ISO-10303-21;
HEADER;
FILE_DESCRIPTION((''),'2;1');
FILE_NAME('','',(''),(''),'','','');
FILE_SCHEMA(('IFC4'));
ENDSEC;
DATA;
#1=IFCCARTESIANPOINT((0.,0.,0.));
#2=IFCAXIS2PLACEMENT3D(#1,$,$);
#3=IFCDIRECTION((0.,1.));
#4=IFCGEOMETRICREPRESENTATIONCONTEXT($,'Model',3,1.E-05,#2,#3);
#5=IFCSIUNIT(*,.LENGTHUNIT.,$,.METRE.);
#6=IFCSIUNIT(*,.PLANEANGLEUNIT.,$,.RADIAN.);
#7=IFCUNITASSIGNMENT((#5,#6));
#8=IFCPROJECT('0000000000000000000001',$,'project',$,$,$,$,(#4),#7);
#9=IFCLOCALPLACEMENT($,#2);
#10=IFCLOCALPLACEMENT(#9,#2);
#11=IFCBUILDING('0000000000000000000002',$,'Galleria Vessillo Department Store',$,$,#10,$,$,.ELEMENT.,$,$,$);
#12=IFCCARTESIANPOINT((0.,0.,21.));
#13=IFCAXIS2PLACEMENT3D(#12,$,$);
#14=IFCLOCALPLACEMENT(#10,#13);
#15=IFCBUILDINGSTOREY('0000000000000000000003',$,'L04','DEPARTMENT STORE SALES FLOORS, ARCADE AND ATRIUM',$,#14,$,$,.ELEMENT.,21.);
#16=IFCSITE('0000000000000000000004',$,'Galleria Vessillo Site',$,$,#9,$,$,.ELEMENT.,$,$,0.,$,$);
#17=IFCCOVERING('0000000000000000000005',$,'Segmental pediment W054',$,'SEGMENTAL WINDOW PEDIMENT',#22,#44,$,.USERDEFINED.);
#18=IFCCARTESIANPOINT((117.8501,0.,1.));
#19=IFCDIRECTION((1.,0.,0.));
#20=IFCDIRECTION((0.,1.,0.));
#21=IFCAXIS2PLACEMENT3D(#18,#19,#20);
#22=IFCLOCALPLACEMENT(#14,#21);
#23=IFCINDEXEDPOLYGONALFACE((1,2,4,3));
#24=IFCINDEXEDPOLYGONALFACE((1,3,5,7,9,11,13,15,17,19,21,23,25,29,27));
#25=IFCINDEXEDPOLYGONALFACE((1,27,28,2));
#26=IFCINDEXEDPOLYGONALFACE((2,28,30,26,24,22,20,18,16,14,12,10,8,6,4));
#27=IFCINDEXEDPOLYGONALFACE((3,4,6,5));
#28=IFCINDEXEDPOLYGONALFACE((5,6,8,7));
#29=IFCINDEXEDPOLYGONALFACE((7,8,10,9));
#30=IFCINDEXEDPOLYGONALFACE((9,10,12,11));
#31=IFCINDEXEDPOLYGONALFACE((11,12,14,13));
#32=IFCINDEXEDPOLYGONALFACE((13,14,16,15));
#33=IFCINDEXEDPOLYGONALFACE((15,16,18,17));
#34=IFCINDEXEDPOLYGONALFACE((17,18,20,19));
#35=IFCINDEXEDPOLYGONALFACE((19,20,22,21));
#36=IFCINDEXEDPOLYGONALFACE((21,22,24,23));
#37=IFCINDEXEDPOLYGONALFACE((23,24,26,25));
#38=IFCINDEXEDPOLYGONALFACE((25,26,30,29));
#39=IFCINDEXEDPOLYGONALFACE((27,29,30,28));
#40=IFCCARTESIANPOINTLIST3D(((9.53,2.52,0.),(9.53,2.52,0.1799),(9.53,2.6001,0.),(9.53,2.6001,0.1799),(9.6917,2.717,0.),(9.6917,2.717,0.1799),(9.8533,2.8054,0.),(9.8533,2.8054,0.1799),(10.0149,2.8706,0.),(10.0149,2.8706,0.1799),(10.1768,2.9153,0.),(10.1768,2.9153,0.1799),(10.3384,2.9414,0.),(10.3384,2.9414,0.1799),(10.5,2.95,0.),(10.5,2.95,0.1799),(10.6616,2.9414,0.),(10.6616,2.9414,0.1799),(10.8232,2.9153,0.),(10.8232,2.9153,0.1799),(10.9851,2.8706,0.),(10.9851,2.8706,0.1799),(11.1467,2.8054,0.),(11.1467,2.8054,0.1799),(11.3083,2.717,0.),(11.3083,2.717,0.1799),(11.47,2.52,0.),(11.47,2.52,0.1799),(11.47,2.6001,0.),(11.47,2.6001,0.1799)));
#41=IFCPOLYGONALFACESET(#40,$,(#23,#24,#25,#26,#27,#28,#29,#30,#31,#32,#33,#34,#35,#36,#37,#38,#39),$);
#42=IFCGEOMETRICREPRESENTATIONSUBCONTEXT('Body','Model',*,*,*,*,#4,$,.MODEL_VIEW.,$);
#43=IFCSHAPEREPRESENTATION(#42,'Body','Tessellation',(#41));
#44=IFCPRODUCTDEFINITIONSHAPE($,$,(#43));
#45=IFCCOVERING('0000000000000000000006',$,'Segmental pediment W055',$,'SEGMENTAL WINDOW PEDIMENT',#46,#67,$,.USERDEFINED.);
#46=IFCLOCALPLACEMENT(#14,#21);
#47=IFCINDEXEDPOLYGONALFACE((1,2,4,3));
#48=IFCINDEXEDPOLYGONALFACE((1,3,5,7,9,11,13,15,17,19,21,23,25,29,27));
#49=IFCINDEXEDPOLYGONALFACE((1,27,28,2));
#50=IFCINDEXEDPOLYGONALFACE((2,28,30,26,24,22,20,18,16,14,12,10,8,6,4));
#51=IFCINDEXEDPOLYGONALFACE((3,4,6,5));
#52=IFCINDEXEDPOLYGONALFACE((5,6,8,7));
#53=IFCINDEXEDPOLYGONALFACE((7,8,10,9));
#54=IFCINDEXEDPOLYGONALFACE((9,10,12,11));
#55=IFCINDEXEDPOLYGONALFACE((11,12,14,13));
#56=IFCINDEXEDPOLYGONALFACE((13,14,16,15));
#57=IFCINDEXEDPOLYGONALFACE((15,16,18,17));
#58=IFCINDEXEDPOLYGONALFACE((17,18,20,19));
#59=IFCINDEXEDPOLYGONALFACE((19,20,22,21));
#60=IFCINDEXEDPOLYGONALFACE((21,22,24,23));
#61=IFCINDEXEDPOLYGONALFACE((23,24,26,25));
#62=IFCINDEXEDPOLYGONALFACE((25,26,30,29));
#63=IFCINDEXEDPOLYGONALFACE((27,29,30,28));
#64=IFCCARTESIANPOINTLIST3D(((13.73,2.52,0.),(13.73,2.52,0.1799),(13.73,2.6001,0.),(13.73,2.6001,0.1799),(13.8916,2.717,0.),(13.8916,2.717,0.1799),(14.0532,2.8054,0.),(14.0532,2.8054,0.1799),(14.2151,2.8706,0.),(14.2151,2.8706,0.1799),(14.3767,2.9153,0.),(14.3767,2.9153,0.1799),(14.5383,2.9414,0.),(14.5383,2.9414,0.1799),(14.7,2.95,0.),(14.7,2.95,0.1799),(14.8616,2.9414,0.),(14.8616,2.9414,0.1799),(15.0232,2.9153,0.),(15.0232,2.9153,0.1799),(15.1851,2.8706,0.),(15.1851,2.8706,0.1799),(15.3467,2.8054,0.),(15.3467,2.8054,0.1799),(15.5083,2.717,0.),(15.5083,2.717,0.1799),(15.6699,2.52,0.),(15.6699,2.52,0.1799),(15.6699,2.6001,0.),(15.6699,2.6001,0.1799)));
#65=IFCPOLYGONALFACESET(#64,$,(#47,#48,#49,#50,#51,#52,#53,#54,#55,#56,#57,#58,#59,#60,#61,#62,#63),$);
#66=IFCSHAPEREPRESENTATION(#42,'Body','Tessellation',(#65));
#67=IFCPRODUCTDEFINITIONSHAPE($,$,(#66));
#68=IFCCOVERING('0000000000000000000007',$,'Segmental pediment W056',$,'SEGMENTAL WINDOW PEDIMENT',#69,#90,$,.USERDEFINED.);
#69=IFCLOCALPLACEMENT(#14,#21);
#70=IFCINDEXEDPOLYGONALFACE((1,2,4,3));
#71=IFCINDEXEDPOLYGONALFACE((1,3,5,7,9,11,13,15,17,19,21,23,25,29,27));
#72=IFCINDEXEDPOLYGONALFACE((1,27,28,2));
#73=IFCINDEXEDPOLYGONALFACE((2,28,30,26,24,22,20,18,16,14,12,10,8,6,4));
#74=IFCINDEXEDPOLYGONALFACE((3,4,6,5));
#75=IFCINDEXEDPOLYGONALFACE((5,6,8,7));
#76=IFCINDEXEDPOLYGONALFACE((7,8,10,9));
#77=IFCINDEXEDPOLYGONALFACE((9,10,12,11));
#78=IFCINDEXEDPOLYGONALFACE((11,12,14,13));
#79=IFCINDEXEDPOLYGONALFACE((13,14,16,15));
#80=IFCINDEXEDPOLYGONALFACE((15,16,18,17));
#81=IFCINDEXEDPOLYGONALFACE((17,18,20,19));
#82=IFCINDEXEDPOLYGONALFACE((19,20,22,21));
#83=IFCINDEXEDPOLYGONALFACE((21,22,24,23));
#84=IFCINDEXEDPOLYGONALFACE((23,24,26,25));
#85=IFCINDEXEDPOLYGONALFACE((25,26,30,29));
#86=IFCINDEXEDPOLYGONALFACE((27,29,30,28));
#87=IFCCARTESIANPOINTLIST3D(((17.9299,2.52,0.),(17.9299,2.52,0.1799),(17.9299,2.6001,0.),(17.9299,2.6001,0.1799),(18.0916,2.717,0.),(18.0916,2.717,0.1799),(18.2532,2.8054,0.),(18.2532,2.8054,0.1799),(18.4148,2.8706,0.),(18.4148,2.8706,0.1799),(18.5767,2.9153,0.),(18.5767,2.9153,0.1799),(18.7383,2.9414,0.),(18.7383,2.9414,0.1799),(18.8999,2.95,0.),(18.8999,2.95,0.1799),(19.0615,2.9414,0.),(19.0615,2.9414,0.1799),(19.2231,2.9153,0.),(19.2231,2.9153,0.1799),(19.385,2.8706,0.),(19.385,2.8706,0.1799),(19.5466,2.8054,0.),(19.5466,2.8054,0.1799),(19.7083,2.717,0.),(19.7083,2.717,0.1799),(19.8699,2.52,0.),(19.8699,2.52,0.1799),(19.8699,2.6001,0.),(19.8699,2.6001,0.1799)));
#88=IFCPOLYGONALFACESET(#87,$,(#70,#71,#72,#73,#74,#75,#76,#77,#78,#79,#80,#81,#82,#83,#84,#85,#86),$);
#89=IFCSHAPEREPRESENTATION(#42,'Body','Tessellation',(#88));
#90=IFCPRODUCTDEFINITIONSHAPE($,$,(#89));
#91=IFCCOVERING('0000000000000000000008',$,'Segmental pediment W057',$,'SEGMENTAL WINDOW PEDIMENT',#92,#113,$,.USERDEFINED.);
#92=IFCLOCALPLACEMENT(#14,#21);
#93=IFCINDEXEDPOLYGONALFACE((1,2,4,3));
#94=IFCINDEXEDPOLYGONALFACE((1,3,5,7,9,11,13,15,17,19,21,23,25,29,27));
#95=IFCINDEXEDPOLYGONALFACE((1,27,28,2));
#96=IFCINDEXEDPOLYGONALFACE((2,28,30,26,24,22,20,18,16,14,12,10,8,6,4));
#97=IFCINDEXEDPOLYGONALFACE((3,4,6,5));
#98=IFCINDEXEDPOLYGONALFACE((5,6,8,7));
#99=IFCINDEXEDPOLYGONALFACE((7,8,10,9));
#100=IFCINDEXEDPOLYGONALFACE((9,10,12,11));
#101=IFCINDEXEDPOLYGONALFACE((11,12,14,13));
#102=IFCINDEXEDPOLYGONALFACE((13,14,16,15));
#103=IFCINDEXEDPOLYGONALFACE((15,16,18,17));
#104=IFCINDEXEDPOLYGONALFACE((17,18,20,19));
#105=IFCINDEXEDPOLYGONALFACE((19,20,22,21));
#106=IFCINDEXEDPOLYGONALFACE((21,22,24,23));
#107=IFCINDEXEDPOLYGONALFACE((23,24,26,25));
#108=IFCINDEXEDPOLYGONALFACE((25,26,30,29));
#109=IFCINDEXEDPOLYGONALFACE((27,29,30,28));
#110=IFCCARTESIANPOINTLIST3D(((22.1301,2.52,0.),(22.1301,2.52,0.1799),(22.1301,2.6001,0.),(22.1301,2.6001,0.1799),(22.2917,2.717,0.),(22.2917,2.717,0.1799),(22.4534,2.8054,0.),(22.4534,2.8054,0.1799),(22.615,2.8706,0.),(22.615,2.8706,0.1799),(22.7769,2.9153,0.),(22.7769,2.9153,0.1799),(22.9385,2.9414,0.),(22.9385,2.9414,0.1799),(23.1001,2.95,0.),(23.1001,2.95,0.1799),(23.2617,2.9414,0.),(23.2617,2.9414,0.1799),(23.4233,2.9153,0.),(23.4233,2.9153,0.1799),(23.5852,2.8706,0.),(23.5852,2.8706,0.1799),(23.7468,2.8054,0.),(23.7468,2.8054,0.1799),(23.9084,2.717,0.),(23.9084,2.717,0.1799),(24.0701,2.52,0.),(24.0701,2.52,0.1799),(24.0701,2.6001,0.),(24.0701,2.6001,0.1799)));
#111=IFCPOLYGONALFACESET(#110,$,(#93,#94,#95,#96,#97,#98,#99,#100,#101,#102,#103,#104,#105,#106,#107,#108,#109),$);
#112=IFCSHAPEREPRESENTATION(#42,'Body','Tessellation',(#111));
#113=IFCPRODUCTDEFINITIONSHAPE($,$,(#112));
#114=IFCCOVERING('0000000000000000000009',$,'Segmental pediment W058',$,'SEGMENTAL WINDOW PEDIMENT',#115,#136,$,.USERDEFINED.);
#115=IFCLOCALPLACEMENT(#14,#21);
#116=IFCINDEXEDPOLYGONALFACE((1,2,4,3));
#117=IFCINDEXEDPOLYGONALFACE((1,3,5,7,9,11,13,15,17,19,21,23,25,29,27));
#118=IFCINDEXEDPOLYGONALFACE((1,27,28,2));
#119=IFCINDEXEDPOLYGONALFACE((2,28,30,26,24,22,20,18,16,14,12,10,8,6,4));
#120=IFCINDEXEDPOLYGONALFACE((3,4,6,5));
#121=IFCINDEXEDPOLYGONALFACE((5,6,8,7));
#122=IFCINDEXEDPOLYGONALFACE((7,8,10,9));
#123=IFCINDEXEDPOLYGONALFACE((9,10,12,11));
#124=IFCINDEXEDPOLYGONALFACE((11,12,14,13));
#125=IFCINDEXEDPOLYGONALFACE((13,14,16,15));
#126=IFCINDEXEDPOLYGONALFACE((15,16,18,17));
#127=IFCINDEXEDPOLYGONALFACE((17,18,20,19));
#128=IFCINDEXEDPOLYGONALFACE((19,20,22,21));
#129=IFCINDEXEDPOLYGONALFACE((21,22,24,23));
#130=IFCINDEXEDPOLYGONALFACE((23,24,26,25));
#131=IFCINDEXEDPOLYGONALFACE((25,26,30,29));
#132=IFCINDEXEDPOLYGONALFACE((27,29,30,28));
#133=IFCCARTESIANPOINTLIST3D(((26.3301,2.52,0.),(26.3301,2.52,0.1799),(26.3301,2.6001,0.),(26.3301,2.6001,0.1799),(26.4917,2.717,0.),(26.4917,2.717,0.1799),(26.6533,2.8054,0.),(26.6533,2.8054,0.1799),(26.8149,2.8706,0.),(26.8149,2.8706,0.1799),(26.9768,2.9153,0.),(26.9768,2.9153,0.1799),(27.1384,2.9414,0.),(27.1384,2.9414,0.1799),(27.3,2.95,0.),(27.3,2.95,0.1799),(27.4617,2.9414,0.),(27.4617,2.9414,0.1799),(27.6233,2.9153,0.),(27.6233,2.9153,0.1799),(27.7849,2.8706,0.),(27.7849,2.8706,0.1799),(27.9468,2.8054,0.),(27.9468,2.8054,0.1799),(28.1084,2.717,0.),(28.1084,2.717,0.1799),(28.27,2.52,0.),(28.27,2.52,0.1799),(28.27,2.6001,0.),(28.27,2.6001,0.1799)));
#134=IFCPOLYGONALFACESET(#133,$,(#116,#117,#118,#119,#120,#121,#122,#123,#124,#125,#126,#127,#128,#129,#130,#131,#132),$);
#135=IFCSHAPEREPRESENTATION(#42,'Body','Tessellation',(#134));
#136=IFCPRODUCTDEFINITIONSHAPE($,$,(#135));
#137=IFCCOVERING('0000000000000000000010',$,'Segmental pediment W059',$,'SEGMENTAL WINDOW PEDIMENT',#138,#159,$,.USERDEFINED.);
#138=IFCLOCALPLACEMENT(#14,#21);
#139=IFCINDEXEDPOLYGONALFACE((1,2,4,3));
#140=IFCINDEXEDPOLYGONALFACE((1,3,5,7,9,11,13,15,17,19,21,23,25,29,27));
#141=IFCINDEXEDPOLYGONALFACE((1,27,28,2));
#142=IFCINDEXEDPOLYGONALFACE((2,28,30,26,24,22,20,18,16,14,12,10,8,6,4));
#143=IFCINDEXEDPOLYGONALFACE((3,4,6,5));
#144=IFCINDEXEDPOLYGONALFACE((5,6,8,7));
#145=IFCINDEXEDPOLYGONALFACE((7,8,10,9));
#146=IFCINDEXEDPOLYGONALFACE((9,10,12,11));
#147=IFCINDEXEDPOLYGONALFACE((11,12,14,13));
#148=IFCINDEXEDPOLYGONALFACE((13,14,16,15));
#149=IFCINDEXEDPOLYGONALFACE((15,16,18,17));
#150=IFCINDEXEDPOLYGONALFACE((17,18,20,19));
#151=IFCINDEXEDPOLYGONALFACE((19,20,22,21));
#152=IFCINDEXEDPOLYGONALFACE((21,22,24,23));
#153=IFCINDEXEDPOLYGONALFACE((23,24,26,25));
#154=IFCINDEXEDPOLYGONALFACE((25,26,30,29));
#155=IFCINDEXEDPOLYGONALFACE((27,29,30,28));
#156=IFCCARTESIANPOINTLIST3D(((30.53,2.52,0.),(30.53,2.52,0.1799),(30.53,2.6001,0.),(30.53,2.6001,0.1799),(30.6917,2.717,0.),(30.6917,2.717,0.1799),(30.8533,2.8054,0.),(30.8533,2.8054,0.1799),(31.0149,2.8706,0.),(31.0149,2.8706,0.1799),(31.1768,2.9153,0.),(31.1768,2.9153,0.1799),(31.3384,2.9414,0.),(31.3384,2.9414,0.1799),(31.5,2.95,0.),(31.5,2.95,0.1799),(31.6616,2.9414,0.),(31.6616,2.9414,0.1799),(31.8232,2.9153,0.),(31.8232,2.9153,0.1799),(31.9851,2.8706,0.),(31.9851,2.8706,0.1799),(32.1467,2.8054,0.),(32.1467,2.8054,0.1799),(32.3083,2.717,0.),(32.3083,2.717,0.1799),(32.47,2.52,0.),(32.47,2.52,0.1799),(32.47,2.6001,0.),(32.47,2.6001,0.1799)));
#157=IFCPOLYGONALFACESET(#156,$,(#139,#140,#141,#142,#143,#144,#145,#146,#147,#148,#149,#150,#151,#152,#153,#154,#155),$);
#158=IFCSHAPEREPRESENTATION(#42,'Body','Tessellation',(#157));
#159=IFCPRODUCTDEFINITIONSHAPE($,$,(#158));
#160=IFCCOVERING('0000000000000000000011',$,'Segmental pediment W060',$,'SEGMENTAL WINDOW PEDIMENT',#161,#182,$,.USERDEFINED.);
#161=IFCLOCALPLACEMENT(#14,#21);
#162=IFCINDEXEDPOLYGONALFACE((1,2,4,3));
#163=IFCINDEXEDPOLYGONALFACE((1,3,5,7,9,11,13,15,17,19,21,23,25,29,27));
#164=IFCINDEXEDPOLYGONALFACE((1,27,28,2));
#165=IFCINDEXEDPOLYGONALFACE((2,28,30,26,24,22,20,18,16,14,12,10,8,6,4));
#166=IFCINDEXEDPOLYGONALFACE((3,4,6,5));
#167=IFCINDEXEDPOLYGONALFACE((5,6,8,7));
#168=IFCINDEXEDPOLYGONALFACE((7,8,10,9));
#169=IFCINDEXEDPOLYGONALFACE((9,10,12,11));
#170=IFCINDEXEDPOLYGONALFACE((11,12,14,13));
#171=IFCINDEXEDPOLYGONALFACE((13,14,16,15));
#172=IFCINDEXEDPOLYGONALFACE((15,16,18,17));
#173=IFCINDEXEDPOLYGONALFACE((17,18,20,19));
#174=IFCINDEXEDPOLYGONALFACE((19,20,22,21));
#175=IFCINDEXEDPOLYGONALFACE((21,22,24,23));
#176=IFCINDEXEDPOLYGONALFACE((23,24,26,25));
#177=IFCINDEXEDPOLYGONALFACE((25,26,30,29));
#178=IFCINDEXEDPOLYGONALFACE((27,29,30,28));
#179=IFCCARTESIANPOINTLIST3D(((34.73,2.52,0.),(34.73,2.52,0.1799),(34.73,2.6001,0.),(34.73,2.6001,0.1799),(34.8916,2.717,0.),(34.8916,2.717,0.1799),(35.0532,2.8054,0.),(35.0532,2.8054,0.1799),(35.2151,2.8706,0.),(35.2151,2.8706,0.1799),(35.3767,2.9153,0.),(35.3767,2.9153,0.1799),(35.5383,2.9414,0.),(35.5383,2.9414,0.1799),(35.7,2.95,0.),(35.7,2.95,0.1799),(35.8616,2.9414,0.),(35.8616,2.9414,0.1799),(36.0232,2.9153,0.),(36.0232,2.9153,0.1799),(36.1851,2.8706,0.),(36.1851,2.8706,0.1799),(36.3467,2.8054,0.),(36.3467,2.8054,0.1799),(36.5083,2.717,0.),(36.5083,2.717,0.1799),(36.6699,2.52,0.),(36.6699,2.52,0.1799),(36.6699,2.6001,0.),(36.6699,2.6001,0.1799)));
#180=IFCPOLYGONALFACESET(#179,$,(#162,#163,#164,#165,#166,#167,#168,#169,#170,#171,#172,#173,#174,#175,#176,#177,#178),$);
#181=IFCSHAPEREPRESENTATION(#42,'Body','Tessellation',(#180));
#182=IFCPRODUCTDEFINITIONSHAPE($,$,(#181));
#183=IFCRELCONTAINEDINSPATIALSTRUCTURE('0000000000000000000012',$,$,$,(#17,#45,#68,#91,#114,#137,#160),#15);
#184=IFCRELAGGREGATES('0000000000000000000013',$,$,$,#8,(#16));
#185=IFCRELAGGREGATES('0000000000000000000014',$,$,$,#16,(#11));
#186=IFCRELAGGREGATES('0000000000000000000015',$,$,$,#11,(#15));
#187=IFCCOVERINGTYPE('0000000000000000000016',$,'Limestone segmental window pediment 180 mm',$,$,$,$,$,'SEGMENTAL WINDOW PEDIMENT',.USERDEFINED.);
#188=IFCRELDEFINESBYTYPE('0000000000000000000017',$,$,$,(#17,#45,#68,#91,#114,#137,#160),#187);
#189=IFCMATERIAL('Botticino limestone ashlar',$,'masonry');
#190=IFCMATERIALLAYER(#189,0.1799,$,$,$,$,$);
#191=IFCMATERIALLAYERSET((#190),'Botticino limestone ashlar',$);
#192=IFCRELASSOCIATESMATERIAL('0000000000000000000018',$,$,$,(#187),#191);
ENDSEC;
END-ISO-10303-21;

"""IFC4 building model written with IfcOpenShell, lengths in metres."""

from ifc_helpers import new_model, si_unit, direction, frame, origin, place, context, subcontext, project, spatial, polyline, outline, extrude, material, layer, layer_set, type_object, element, save


model = new_model("IFC4")

# Units and contexts
model_context = context("Model", 3, precision=1e-05, world=origin(), true_north=direction((0.0, 1.0)))
body_context = subcontext(model_context, "Body", "Model", "MODEL_VIEW")
ifc_project = project(units=[si_unit("LENGTHUNIT", "METRE"), si_unit("PLANEANGLEUNIT", "RADIAN")], contexts=[model_context])

# Site, building, storey
site_placement = place(None, origin())
site = spatial("IfcSite", under=ifc_project, at=site_placement, Name="Galleria Vessillo Site", CompositionType="ELEMENT", RefElevation=0.0)
building_placement = place(site_placement, origin())
building = spatial("IfcBuilding", under=site, at=building_placement, Name="Galleria Vessillo Department Store", CompositionType="ELEMENT")
storey_placement = place(building_placement, frame((0.0, 0.0, 21.0)))
storey = spatial("IfcBuildingStorey", under=building, at=storey_placement, Name="L04", Description="DEPARTMENT STORE SALES FLOORS, ARCADE AND ATRIUM", CompositionType="ELEMENT", Elevation=21.0)

# Coverings
ifc_material_1 = material(Name="Botticino limestone ashlar", Category="masonry")
ifc_layer_1 = layer(ifc_material_1, 0.1799)
ifc_layer_set_1 = layer_set([ifc_layer_1], Name="Botticino limestone ashlar")
covering_type_1 = type_object("IfcCoveringType", Name="Limestone segmental window pediment 180 mm", ElementType="SEGMENTAL WINDOW PEDIMENT", PredefinedType="USERDEFINED", material=ifc_layer_set_1)
covering_1_placement = place(storey_placement, frame((117.8501, 0.0, 1.0), z_axis=(1.0, 0.0, 0.0), x_axis=(0.0, 1.0, 0.0)))
element("IfcCovering", 1, at=covering_1_placement, inside=storey, type_object=covering_type_1, Name="Segmental pediment W054", ObjectType="SEGMENTAL WINDOW PEDIMENT", PredefinedType="USERDEFINED", context=body_context, shape_type="SweptSolid", body=[
    extrude(outline(polyline([(9.53, 2.52), (11.47, 2.52), (11.47, 2.6001), (11.3083, 2.717), (11.1467, 2.8054), (10.9851, 2.8706), (10.8232, 2.9153), (10.6616, 2.9414), (10.5, 2.95), (10.3384, 2.9414), (10.1768, 2.9153), (10.0149, 2.8706), (9.8533, 2.8054), (9.6917, 2.717), (9.53, 2.6001), (9.53, 2.52)])), origin(), (0.0, 0.0, 1.0), 0.1799),
])
covering_2_placement = place(storey_placement, frame((117.8501, 0.0, 1.0), z_axis=(1.0, 0.0, 0.0), x_axis=(0.0, 1.0, 0.0)))
element("IfcCovering", 2, at=covering_2_placement, inside=storey, type_object=covering_type_1, Name="Segmental pediment W055", ObjectType="SEGMENTAL WINDOW PEDIMENT", PredefinedType="USERDEFINED", context=body_context, shape_type="SweptSolid", body=[
    extrude(outline(polyline([(13.73, 2.52), (15.6699, 2.52), (15.6699, 2.6001), (15.5083, 2.717), (15.3467, 2.8054), (15.1851, 2.8706), (15.0232, 2.9153), (14.8616, 2.9414), (14.7, 2.95), (14.5383, 2.9414), (14.3767, 2.9153), (14.2151, 2.8706), (14.0532, 2.8054), (13.8916, 2.717), (13.73, 2.6001), (13.73, 2.52)])), origin(), (0.0, 0.0, 1.0), 0.1799),
])
covering_3_placement = place(storey_placement, frame((117.8501, 0.0, 1.0), z_axis=(1.0, 0.0, 0.0), x_axis=(0.0, 1.0, 0.0)))
element("IfcCovering", 3, at=covering_3_placement, inside=storey, type_object=covering_type_1, Name="Segmental pediment W056", ObjectType="SEGMENTAL WINDOW PEDIMENT", PredefinedType="USERDEFINED", context=body_context, shape_type="SweptSolid", body=[
    extrude(outline(polyline([(17.9299, 2.52), (19.8699, 2.52), (19.8699, 2.6001), (19.7083, 2.717), (19.5466, 2.8054), (19.385, 2.8706), (19.2231, 2.9153), (19.0615, 2.9414), (18.8999, 2.95), (18.7383, 2.9414), (18.5767, 2.9153), (18.4148, 2.8706), (18.2532, 2.8054), (18.0916, 2.717), (17.9299, 2.6001), (17.9299, 2.52)])), origin(), (0.0, 0.0, 1.0), 0.1799),
])
covering_4_placement = place(storey_placement, frame((117.8501, 0.0, 1.0), z_axis=(1.0, 0.0, 0.0), x_axis=(0.0, 1.0, 0.0)))
element("IfcCovering", 4, at=covering_4_placement, inside=storey, type_object=covering_type_1, Name="Segmental pediment W057", ObjectType="SEGMENTAL WINDOW PEDIMENT", PredefinedType="USERDEFINED", context=body_context, shape_type="SweptSolid", body=[
    extrude(outline(polyline([(22.1301, 2.52), (24.0701, 2.52), (24.0701, 2.6001), (23.9084, 2.717), (23.7468, 2.8054), (23.5852, 2.8706), (23.4233, 2.9153), (23.2617, 2.9414), (23.1001, 2.95), (22.9385, 2.9414), (22.7769, 2.9153), (22.615, 2.8706), (22.4534, 2.8054), (22.2917, 2.717), (22.1301, 2.6001), (22.1301, 2.52)])), origin(), (0.0, 0.0, 1.0), 0.1799),
])
covering_5_placement = place(storey_placement, frame((117.8501, 0.0, 1.0), z_axis=(1.0, 0.0, 0.0), x_axis=(0.0, 1.0, 0.0)))
element("IfcCovering", 5, at=covering_5_placement, inside=storey, type_object=covering_type_1, Name="Segmental pediment W058", ObjectType="SEGMENTAL WINDOW PEDIMENT", PredefinedType="USERDEFINED", context=body_context, shape_type="SweptSolid", body=[
    extrude(outline(polyline([(26.3301, 2.52), (28.27, 2.52), (28.27, 2.6001), (28.1084, 2.717), (27.9468, 2.8054), (27.7849, 2.8706), (27.6233, 2.9153), (27.4617, 2.9414), (27.3, 2.95), (27.1384, 2.9414), (26.9768, 2.9153), (26.8149, 2.8706), (26.6533, 2.8054), (26.4917, 2.717), (26.3301, 2.6001), (26.3301, 2.52)])), origin(), (0.0, 0.0, 1.0), 0.1799),
])
covering_6_placement = place(storey_placement, frame((117.8501, 0.0, 1.0), z_axis=(1.0, 0.0, 0.0), x_axis=(0.0, 1.0, 0.0)))
element("IfcCovering", 6, at=covering_6_placement, inside=storey, type_object=covering_type_1, Name="Segmental pediment W059", ObjectType="SEGMENTAL WINDOW PEDIMENT", PredefinedType="USERDEFINED", context=body_context, shape_type="SweptSolid", body=[
    extrude(outline(polyline([(30.53, 2.52), (32.47, 2.52), (32.47, 2.6001), (32.3083, 2.717), (32.1467, 2.8054), (31.9851, 2.8706), (31.8232, 2.9153), (31.6616, 2.9414), (31.5, 2.95), (31.3384, 2.9414), (31.1768, 2.9153), (31.0149, 2.8706), (30.8533, 2.8054), (30.6917, 2.717), (30.53, 2.6001), (30.53, 2.52)])), origin(), (0.0, 0.0, 1.0), 0.1799),
])
covering_7_placement = place(storey_placement, frame((117.8501, 0.0, 1.0), z_axis=(1.0, 0.0, 0.0), x_axis=(0.0, 1.0, 0.0)))
element("IfcCovering", 7, at=covering_7_placement, inside=storey, type_object=covering_type_1, Name="Segmental pediment W060", ObjectType="SEGMENTAL WINDOW PEDIMENT", PredefinedType="USERDEFINED", context=body_context, shape_type="SweptSolid", body=[
    extrude(outline(polyline([(34.73, 2.52), (36.6699, 2.52), (36.6699, 2.6001), (36.5083, 2.717), (36.3467, 2.8054), (36.1851, 2.8706), (36.0232, 2.9153), (35.8616, 2.9414), (35.7, 2.95), (35.5383, 2.9414), (35.3767, 2.9153), (35.2151, 2.8706), (35.0532, 2.8054), (34.8916, 2.717), (34.73, 2.6001), (34.73, 2.52)])), origin(), (0.0, 0.0, 1.0), 0.1799),
])

save(model, "model.ifc")
